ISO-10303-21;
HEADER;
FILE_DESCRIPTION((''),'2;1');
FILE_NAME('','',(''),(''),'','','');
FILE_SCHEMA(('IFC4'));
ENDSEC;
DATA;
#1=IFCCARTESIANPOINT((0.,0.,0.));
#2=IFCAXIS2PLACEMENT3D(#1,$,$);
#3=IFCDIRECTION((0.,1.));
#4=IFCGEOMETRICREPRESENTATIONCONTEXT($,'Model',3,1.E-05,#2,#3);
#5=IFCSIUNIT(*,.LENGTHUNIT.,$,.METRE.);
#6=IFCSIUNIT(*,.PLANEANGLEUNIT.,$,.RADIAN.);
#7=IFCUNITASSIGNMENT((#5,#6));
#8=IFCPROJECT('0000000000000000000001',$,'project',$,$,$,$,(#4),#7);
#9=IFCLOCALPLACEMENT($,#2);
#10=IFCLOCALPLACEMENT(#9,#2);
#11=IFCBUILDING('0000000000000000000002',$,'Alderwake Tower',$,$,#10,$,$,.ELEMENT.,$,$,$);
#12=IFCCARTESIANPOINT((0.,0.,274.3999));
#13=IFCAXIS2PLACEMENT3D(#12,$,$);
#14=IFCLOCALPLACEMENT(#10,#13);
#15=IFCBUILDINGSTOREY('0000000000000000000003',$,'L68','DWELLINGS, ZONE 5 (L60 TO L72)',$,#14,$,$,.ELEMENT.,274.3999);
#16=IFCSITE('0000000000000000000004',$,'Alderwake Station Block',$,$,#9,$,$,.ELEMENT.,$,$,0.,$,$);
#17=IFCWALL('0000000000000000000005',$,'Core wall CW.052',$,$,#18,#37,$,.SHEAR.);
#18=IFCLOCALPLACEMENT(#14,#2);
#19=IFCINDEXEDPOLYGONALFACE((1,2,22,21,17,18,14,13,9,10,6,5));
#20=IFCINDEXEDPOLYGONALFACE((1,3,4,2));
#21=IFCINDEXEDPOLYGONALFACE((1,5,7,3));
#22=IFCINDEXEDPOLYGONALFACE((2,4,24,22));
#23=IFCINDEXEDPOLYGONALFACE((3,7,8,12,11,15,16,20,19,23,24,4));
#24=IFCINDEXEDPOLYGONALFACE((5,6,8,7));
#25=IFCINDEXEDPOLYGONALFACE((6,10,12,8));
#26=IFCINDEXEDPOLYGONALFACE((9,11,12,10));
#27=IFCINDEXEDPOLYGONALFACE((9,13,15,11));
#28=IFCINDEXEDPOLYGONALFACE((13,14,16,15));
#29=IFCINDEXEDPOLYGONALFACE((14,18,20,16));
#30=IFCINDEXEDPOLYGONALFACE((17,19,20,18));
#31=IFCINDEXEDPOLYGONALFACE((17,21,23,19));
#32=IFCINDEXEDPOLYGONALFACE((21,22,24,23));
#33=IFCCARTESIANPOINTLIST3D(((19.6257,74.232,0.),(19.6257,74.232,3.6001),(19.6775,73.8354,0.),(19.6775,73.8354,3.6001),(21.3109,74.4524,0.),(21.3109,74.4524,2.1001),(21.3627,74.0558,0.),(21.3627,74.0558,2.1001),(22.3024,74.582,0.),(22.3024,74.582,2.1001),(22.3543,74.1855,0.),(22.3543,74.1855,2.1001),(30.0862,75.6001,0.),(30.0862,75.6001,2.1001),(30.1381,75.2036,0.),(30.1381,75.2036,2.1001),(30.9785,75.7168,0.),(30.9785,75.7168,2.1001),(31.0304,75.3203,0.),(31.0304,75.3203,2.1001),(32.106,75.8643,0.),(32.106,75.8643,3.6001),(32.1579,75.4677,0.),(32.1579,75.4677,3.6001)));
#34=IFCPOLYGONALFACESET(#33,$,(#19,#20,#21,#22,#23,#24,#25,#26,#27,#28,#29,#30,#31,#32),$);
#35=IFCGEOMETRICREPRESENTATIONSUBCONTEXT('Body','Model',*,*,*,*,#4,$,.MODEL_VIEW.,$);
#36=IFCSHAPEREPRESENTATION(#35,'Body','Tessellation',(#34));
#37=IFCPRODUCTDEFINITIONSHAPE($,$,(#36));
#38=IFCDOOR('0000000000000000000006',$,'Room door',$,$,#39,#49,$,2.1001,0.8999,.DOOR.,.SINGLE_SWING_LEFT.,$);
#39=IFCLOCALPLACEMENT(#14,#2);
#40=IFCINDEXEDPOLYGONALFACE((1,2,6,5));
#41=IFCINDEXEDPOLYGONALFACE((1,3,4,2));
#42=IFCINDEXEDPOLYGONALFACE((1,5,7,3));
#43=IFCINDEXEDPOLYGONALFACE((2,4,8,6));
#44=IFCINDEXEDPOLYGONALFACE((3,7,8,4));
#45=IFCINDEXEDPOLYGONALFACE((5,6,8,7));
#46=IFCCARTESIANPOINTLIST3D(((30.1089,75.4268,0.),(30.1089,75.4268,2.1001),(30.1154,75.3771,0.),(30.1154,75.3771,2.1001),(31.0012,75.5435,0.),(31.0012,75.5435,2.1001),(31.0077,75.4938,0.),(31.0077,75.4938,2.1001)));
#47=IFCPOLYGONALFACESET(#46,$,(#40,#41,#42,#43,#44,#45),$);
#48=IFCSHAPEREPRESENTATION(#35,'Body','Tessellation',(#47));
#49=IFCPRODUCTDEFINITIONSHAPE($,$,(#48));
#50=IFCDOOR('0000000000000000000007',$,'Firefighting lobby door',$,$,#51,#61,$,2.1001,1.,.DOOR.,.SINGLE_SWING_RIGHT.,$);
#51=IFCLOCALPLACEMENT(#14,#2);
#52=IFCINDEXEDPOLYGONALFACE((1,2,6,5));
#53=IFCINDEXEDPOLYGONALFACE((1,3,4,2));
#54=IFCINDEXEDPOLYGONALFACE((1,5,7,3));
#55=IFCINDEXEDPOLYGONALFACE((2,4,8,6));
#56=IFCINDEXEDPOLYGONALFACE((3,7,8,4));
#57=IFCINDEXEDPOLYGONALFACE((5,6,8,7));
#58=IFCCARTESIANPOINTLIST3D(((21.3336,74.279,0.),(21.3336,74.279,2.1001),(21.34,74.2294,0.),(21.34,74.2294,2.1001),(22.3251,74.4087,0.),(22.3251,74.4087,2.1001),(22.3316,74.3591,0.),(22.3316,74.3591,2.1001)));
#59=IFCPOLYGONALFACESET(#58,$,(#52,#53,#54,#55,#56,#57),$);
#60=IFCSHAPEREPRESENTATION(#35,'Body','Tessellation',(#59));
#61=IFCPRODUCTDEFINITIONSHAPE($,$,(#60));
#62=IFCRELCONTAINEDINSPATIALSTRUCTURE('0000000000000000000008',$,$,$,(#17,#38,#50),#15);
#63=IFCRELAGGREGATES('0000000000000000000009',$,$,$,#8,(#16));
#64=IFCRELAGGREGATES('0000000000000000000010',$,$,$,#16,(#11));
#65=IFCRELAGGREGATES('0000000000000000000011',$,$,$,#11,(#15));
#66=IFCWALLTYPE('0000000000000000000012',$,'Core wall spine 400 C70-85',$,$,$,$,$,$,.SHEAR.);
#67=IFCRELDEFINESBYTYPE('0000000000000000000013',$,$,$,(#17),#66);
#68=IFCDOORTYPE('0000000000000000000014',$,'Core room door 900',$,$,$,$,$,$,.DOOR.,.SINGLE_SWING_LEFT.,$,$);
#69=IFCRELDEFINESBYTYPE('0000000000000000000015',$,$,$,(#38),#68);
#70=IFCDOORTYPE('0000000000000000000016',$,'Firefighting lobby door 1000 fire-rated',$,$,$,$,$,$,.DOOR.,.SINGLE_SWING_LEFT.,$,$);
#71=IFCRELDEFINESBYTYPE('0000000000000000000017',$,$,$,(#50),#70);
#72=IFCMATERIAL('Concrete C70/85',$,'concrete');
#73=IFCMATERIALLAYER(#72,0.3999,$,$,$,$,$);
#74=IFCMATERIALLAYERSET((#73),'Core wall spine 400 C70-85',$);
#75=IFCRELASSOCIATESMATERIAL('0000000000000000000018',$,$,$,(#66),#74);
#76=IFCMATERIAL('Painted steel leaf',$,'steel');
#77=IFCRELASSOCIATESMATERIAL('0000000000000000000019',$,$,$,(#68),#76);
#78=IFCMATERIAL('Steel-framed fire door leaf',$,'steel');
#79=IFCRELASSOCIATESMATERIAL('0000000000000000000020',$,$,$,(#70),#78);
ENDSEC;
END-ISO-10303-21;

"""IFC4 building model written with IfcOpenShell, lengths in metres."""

from ifc_helpers import new_model, si_unit, direction, frame, frame_2d, origin, place, context, subcontext, project, spatial, rectangle, extrude, material, layer, layer_set, type_object, element, fill, save


model = new_model("IFC4")

# Units and contexts
model_context = context("Model", 3, precision=1e-05, world=origin(), true_north=direction((0.0, 1.0)))
body_context = subcontext(model_context, "Body", "Model", "MODEL_VIEW")
ifc_project = project(units=[si_unit("LENGTHUNIT", "METRE"), si_unit("PLANEANGLEUNIT", "RADIAN")], contexts=[model_context])

# Site, building, storey
site_placement = place(None, origin())
site = spatial("IfcSite", under=ifc_project, at=site_placement, Name="Alderwake Station Block", CompositionType="ELEMENT", RefElevation=0.0)
building_placement = place(site_placement, origin())
building = spatial("IfcBuilding", under=site, at=building_placement, Name="Alderwake Tower", CompositionType="ELEMENT")
storey_placement = place(building_placement, frame((0.0, 0.0, 274.3999)))
storey = spatial("IfcBuildingStorey", under=building, at=storey_placement, Name="L68", Description="DWELLINGS, ZONE 5 (L60 TO L72)", CompositionType="ELEMENT", Elevation=274.3999)

# Shared definitions
ifc_material_1 = material(Name="Concrete C70/85", Category="concrete")
ifc_layer_1 = layer(ifc_material_1, 0.3999)
ifc_layer_set_1 = layer_set([ifc_layer_1], Name="Core wall spine 400 C70-85")
wall_type_1 = type_object("IfcWallType", Name="Core wall spine 400 C70-85", PredefinedType="SHEAR", material=ifc_layer_set_1)
ifc_material_2 = material(Name="Painted steel leaf", Category="steel")
door_type_1 = type_object("IfcDoorType", Name="Core room door 900", OperationType="SINGLE_SWING_LEFT", PredefinedType="DOOR", material=ifc_material_2)

# Wall, openings, doors
wall_1_placement = place(storey_placement, frame((32.1321, 75.666, 0.0), z_axis=(0.0, 0.0, 1.0), x_axis=(-0.991555, -0.129686, 0.0)))
wall_1 = element("IfcWall", 1, at=wall_1_placement, inside=storey, type_object=wall_type_1, Name="Core wall CW.052", PredefinedType="SHEAR", context=body_context, shape_type="SweptSolid", body=[
    extrude(rectangle(XDim=12.5867, YDim=0.3999, at=frame_2d((6.2935, 0.0))), origin(), (0.0, 0.0, 1.0), 3.6001),
])
opening_1_placement = place(wall_1_placement, frame((9.8872, 0.0, 0.0)))
opening_1 = element("IfcOpeningElement", 2, at=opening_1_placement, cuts=wall_1, PredefinedType="OPENING", context=body_context, shape_type="SweptSolid", body=[
    extrude(rectangle(XDim=1.0, YDim=2.1001, at=frame_2d((0.5, 1.05))), frame((0.0, 0.21, 0.0), z_axis=(0.0, -1.0, 0.0), x_axis=(1.0, 0.0, 0.0)), (0.0, 0.0, 1.0), 0.4199),
])
opening_2_placement = place(wall_1_placement, frame((1.1372, 0.0, 0.0)))
opening_2 = element("IfcOpeningElement", 3, at=opening_2_placement, cuts=wall_1, PredefinedType="OPENING", context=body_context, shape_type="SweptSolid", body=[
    extrude(rectangle(XDim=0.8999, YDim=2.1001, at=frame_2d((0.45, 1.05))), frame((0.0, 0.21, 0.0), z_axis=(0.0, -1.0, 0.0), x_axis=(1.0, 0.0, 0.0)), (0.0, 0.0, 1.0), 0.4199),
])
door_1_placement = place(opening_2_placement, origin())
door_1 = element("IfcDoor", 4, at=door_1_placement, inside=storey, type_object=door_type_1, Name="Room door", OperationType="SINGLE_SWING_LEFT", OverallHeight=2.1001, OverallWidth=0.8999, PredefinedType="DOOR", context=body_context, shape_type="SweptSolid", body=[
    extrude(rectangle(XDim=0.8999, YDim=2.1001, at=frame_2d((0.45, 1.05))), frame((0.0, 0.0249, 0.0), z_axis=(0.0, -1.0, 0.0), x_axis=(1.0, 0.0, 0.0)), (0.0, 0.0, 1.0), 0.05),
])
fill(opening_2, door_1)
ifc_material_3 = material(Name="Steel-framed fire door leaf", Category="steel")
door_type_2 = type_object("IfcDoorType", Name="Firefighting lobby door 1000 fire-rated", OperationType="SINGLE_SWING_LEFT", PredefinedType="DOOR", material=ifc_material_3)
door_2_placement = place(opening_1_placement, origin())
door_2 = element("IfcDoor", 5, at=door_2_placement, inside=storey, type_object=door_type_2, Name="Firefighting lobby door", OperationType="SINGLE_SWING_RIGHT", OverallHeight=2.1001, OverallWidth=1.0, PredefinedType="DOOR", context=body_context, shape_type="SweptSolid", body=[
    extrude(rectangle(XDim=1.0, YDim=2.1001, at=frame_2d((0.5, 1.05))), frame((0.0, 0.0249, 0.0), z_axis=(0.0, -1.0, 0.0), x_axis=(1.0, 0.0, 0.0)), (0.0, 0.0, 1.0), 0.05),
])
fill(opening_1, door_2)

save(model, "model.ifc")
